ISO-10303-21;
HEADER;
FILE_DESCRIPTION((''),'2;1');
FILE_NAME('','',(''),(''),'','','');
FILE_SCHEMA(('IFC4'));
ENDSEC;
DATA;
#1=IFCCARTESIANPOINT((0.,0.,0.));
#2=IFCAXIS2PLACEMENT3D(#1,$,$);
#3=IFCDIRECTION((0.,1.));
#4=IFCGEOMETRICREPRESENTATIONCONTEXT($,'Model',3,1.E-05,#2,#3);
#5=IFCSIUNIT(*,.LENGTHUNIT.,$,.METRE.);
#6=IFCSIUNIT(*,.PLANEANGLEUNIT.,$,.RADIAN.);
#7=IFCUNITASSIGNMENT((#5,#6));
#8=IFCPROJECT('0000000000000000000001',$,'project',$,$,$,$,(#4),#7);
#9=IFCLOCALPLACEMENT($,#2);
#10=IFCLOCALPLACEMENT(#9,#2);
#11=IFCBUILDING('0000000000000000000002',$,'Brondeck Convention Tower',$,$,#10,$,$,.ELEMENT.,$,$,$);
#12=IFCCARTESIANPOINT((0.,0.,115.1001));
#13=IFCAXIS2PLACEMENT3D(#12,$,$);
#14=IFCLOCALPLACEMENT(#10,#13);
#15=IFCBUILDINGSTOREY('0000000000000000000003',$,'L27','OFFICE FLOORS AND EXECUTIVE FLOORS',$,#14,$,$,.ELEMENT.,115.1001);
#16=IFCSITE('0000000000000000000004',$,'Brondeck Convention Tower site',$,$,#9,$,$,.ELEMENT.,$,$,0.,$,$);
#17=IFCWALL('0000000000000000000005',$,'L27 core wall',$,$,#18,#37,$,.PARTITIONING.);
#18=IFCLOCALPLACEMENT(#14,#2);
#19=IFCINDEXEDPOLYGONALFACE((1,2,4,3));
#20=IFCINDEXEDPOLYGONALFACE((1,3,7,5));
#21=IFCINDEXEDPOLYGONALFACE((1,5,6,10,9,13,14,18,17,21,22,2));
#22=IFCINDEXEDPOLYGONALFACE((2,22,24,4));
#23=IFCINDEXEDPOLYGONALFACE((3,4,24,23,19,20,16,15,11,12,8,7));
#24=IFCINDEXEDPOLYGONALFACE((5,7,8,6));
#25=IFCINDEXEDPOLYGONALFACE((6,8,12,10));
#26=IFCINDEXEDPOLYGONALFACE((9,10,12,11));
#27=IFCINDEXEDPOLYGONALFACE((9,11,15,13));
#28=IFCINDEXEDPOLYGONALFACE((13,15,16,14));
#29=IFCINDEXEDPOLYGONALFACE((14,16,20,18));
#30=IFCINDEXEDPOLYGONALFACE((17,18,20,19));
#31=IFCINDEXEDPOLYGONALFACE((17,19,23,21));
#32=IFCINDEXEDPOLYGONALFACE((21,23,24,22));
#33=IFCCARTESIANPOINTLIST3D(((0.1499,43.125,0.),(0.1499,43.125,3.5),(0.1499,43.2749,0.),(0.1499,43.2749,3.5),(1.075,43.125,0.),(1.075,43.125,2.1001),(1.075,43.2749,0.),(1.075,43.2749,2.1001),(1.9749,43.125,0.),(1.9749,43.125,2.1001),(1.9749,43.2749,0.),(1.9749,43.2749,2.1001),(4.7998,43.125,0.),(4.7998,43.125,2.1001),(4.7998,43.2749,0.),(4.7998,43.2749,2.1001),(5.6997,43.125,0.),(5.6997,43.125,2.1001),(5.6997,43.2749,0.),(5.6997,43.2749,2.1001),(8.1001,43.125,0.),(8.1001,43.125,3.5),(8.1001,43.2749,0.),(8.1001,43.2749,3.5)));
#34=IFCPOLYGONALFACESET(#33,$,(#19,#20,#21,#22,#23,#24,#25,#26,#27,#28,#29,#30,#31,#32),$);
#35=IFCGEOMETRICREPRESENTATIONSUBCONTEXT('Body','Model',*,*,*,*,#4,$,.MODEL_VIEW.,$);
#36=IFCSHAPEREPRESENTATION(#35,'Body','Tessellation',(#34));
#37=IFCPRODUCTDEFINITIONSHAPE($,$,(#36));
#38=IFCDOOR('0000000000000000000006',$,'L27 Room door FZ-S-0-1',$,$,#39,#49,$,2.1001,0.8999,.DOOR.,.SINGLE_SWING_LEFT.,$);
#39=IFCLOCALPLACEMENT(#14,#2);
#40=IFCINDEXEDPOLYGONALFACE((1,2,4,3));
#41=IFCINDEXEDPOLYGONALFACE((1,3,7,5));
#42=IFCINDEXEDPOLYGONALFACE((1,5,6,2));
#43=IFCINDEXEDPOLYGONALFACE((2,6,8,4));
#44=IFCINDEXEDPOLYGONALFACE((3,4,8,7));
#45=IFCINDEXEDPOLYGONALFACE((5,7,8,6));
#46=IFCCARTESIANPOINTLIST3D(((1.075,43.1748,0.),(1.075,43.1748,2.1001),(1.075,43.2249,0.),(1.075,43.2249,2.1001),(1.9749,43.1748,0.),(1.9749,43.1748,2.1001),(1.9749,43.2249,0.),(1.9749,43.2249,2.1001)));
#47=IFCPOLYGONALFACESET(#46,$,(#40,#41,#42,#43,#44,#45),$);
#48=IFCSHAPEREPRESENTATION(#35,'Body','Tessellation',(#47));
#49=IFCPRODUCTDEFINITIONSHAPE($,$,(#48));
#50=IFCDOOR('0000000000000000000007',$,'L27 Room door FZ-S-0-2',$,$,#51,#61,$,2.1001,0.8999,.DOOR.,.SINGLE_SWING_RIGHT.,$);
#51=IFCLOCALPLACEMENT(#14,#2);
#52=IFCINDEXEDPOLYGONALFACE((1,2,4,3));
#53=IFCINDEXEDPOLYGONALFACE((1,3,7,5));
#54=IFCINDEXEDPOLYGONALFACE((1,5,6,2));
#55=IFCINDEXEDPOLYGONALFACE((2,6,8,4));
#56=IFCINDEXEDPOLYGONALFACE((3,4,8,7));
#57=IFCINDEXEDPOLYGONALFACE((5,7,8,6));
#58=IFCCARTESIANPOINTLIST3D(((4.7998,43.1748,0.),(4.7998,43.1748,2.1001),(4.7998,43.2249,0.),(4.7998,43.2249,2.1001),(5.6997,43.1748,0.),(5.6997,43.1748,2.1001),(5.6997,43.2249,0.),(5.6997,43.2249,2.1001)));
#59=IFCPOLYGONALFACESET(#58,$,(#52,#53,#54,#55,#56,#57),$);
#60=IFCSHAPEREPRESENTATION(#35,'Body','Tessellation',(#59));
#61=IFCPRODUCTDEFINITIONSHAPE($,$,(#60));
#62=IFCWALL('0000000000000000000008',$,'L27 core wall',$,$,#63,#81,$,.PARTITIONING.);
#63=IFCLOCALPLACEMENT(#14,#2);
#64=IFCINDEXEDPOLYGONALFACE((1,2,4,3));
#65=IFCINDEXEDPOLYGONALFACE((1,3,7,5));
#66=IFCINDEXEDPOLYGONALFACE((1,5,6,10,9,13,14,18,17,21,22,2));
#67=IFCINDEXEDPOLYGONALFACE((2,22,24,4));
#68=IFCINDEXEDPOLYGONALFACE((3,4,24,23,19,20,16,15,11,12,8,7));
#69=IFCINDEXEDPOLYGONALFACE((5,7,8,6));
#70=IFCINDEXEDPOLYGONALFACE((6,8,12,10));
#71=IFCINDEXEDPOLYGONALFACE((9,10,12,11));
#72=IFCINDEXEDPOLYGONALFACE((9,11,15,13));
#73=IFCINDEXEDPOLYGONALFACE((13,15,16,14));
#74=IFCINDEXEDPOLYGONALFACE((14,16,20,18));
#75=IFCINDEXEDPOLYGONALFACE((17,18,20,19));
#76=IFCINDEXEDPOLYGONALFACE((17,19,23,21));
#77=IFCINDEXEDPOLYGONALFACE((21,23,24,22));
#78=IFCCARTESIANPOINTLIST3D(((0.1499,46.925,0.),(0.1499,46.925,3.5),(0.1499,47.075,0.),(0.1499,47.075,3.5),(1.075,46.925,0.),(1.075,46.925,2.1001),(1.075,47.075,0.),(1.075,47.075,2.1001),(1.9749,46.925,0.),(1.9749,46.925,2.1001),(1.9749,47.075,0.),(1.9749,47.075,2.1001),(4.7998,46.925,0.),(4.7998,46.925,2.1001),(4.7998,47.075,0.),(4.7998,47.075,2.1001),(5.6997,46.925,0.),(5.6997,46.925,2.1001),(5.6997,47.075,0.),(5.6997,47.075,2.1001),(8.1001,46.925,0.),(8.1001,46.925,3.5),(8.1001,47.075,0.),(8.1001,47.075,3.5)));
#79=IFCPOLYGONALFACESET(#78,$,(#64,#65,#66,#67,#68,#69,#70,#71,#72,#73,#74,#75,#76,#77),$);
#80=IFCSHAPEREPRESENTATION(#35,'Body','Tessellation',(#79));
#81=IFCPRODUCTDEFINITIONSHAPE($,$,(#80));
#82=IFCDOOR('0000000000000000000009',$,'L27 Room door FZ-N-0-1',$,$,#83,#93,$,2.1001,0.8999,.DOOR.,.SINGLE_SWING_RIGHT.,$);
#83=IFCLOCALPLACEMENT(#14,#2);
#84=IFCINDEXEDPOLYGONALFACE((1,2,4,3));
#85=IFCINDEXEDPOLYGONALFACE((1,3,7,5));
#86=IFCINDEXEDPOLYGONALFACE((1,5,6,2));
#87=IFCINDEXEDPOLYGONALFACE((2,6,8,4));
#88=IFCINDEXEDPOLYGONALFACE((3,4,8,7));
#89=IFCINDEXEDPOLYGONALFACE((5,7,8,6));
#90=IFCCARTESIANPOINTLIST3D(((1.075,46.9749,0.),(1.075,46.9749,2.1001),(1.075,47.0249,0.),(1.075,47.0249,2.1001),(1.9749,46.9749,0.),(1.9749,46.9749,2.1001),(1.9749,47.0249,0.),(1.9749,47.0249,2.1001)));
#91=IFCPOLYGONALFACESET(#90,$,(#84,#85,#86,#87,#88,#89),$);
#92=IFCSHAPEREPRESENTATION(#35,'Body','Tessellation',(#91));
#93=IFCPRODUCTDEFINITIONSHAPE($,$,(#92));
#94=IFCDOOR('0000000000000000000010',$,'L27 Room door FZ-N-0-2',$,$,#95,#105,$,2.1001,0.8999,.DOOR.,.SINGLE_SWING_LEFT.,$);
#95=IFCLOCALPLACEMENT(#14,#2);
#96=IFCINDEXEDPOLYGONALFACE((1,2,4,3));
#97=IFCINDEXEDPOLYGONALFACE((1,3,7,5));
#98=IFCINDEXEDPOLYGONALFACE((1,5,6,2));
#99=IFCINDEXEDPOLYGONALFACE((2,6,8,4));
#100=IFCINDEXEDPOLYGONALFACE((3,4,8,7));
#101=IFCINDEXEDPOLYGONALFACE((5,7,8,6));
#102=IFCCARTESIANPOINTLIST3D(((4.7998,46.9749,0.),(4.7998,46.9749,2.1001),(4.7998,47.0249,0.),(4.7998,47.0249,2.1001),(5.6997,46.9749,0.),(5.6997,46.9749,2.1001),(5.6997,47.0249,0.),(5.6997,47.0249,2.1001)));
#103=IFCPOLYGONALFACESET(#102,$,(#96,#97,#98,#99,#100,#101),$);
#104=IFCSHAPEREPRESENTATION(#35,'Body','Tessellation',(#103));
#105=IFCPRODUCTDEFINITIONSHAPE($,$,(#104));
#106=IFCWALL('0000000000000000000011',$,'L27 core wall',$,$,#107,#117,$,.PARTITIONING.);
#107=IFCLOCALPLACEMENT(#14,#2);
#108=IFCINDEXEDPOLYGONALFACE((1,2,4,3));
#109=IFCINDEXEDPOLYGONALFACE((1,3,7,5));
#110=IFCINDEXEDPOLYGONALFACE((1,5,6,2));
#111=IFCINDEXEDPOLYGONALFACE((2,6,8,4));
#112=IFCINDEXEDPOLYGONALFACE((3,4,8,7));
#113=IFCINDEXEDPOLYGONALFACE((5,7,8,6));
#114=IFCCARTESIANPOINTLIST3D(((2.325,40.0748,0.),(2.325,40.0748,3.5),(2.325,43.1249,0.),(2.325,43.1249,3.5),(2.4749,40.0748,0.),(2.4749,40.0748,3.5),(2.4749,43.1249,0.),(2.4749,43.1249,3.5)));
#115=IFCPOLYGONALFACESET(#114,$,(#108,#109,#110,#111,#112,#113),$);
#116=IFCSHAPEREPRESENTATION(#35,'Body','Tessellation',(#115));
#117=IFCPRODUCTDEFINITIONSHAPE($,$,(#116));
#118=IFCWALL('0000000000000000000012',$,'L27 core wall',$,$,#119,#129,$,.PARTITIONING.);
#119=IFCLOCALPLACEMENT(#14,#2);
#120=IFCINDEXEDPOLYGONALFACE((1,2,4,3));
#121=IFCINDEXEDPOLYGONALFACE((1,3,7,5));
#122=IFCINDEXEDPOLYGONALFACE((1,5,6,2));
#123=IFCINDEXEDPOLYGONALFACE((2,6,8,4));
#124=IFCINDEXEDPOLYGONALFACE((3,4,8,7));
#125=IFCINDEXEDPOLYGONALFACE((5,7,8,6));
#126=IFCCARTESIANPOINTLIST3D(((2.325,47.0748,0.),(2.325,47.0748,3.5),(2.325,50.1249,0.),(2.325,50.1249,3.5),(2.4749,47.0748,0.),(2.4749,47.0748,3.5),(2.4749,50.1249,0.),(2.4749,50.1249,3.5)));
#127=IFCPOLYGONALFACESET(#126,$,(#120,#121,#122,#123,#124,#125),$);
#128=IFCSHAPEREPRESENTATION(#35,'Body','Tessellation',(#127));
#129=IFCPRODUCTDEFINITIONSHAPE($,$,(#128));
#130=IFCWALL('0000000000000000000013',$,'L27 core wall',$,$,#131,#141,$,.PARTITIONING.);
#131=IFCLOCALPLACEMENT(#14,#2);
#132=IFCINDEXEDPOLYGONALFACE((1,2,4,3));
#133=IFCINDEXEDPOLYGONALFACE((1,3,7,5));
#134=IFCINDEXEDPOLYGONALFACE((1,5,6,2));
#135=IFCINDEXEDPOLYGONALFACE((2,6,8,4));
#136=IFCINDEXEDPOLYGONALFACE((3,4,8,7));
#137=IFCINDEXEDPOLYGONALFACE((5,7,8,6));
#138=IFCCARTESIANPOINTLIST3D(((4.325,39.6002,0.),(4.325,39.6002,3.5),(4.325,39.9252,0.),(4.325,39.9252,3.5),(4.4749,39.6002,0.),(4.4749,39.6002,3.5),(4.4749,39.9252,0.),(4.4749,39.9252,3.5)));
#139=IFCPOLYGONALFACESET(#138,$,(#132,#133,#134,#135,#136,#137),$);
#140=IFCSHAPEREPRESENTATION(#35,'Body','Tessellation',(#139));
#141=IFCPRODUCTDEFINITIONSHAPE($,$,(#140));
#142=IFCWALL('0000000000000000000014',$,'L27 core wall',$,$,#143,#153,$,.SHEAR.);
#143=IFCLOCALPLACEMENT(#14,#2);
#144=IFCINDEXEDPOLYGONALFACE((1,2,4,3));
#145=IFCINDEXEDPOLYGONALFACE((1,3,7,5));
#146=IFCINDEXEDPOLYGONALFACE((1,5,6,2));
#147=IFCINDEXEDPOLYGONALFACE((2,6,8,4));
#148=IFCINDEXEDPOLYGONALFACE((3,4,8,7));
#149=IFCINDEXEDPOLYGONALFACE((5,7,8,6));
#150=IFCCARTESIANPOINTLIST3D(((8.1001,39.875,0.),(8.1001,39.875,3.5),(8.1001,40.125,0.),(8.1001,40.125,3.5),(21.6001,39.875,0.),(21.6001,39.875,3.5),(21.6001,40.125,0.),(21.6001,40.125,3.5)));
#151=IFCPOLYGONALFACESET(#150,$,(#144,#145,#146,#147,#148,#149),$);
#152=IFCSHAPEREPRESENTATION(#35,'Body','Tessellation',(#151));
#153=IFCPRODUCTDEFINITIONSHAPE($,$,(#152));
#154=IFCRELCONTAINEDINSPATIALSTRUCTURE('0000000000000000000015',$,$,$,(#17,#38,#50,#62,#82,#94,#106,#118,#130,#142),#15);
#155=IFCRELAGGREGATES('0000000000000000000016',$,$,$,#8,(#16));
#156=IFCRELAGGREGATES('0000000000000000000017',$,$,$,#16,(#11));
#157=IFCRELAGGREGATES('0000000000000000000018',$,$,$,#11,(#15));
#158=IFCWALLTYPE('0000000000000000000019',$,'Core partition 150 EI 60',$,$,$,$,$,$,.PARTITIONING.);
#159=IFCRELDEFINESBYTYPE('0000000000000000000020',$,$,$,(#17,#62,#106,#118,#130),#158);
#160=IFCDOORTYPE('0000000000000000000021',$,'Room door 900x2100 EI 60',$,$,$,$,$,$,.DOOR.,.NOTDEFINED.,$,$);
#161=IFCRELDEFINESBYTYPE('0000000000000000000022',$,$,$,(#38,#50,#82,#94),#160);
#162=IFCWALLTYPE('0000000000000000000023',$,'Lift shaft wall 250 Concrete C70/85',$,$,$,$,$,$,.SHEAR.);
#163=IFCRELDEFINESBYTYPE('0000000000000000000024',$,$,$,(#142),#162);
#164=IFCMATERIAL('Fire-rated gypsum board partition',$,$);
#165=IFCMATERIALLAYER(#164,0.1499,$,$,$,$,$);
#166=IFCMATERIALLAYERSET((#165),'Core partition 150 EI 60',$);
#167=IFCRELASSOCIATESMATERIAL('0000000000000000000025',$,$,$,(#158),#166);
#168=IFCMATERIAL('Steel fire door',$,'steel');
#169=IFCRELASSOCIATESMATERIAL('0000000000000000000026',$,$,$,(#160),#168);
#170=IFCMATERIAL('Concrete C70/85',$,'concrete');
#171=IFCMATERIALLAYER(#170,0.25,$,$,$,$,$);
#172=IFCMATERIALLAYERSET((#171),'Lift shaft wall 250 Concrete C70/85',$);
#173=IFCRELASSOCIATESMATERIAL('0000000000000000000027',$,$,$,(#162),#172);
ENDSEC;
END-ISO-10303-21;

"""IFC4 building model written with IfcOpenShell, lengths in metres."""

from ifc_helpers import new_model, si_unit, direction, frame, frame_2d, origin, place, context, subcontext, project, spatial, rectangle, extrude, material, layer, layer_set, type_object, element, fill, save


model = new_model("IFC4")

# Units and contexts
model_context = context("Model", 3, precision=1e-05, world=origin(), true_north=direction((0.0, 1.0)))
body_context = subcontext(model_context, "Body", "Model", "MODEL_VIEW")
ifc_project = project(units=[si_unit("LENGTHUNIT", "METRE"), si_unit("PLANEANGLEUNIT", "RADIAN")], contexts=[model_context])

# Site, building, storey
site_placement = place(None, origin())
site = spatial("IfcSite", under=ifc_project, at=site_placement, Name="Brondeck Convention Tower site", CompositionType="ELEMENT", RefElevation=0.0)
building_placement = place(site_placement, origin())
building = spatial("IfcBuilding", under=site, at=building_placement, Name="Brondeck Convention Tower", CompositionType="ELEMENT")
storey_placement = place(building_placement, frame((0.0, 0.0, 115.1001)))
storey = spatial("IfcBuildingStorey", under=building, at=storey_placement, Name="L27", Description="OFFICE FLOORS AND EXECUTIVE FLOORS", CompositionType="ELEMENT", Elevation=115.1001)

# Shared definitions
ifc_material_1 = material(Name="Concrete C70/85", Category="concrete")

# Shared definitions
ifc_material_2 = material(Name="Fire-rated gypsum board partition")
ifc_layer_1 = layer(ifc_material_2, 0.1499)
ifc_layer_set_1 = layer_set([ifc_layer_1], Name="Core partition 150 EI 60")
wall_type_1 = type_object("IfcWallType", Name="Core partition 150 EI 60", PredefinedType="PARTITIONING", material=ifc_layer_set_1)
ifc_material_3 = material(Name="Steel fire door", Category="steel")
door_type_1 = type_object("IfcDoorType", Name="Room door 900x2100 EI 60", OperationType="NOTDEFINED", PredefinedType="DOOR", material=ifc_material_3)

# Walls, openings, doors
wall_1_placement = place(storey_placement, frame((0.1499, 43.2, 0.0), z_axis=(0.0, 0.0, 1.0), x_axis=(1.0, 0.0, 0.0)))
wall_1 = element("IfcWall", 1, at=wall_1_placement, inside=storey, type_object=wall_type_1, Name="L27 core wall", PredefinedType="PARTITIONING", context=body_context, shape_type="SweptSolid", body=[
    extrude(rectangle(XDim=7.9502, YDim=0.1499, at=frame_2d((3.9751, 0.0))), origin(), (0.0, 0.0, 1.0), 3.5),
])
opening_1_placement = place(wall_1_placement, frame((0.925, 0.0, 0.0)))
opening_1 = element("IfcOpeningElement", 2, at=opening_1_placement, cuts=wall_1, PredefinedType="OPENING", context=body_context, shape_type="SweptSolid", body=[
    extrude(rectangle(XDim=0.8999, YDim=2.1001, at=frame_2d((0.45, 1.05))), frame((0.0, 0.085, 0.0), z_axis=(0.0, -1.0, 0.0), x_axis=(1.0, 0.0, 0.0)), (0.0, 0.0, 1.0), 0.1699),
])
opening_2_placement = place(wall_1_placement, frame((4.6499, 0.0, 0.0)))
opening_2 = element("IfcOpeningElement", 3, at=opening_2_placement, cuts=wall_1, PredefinedType="OPENING", context=body_context, shape_type="SweptSolid", body=[
    extrude(rectangle(XDim=0.8999, YDim=2.1001, at=frame_2d((0.45, 1.05))), frame((0.0, 0.085, 0.0), z_axis=(0.0, -1.0, 0.0), x_axis=(1.0, 0.0, 0.0)), (0.0, 0.0, 1.0), 0.1699),
])
door_1_placement = place(opening_1_placement, origin())
door_1 = element("IfcDoor", 4, at=door_1_placement, inside=storey, type_object=door_type_1, Name="L27 Room door FZ-S-0-1", OperationType="SINGLE_SWING_LEFT", OverallHeight=2.1001, OverallWidth=0.8999, PredefinedType="DOOR", context=body_context, shape_type="SweptSolid", body=[
    extrude(rectangle(XDim=0.8999, YDim=2.1001, at=frame_2d((0.45, 1.05))), frame((0.0, 0.0249, 0.0), z_axis=(0.0, -1.0, 0.0), x_axis=(1.0, 0.0, 0.0)), (0.0, 0.0, 1.0), 0.05),
])
fill(opening_1, door_1)
door_2_placement = place(opening_2_placement, origin())
door_2 = element("IfcDoor", 5, at=door_2_placement, inside=storey, type_object=door_type_1, Name="L27 Room door FZ-S-0-2", OperationType="SINGLE_SWING_RIGHT", OverallHeight=2.1001, OverallWidth=0.8999, PredefinedType="DOOR", context=body_context, shape_type="SweptSolid", body=[
    extrude(rectangle(XDim=0.8999, YDim=2.1001, at=frame_2d((0.45, 1.05))), frame((0.0, 0.0249, 0.0), z_axis=(0.0, -1.0, 0.0), x_axis=(1.0, 0.0, 0.0)), (0.0, 0.0, 1.0), 0.05),
])
fill(opening_2, door_2)
wall_2_placement = place(storey_placement, frame((0.1499, 47.0, 0.0), z_axis=(0.0, 0.0, 1.0), x_axis=(1.0, 0.0, 0.0)))
wall_2 = element("IfcWall", 6, at=wall_2_placement, inside=storey, type_object=wall_type_1, Name="L27 core wall", PredefinedType="PARTITIONING", context=body_context, shape_type="SweptSolid", body=[
    extrude(rectangle(XDim=7.9502, YDim=0.1499, at=frame_2d((3.9751, 0.0))), origin(), (0.0, 0.0, 1.0), 3.5),
])
opening_3_placement = place(wall_2_placement, frame((0.925, 0.0, 0.0)))
opening_3 = element("IfcOpeningElement", 7, at=opening_3_placement, cuts=wall_2, PredefinedType="OPENING", context=body_context, shape_type="SweptSolid", body=[
    extrude(rectangle(XDim=0.8999, YDim=2.1001, at=frame_2d((0.45, 1.05))), frame((0.0, 0.085, 0.0), z_axis=(0.0, -1.0, 0.0), x_axis=(1.0, 0.0, 0.0)), (0.0, 0.0, 1.0), 0.1699),
])
opening_4_placement = place(wall_2_placement, frame((4.6499, 0.0, 0.0)))
opening_4 = element("IfcOpeningElement", 8, at=opening_4_placement, cuts=wall_2, PredefinedType="OPENING", context=body_context, shape_type="SweptSolid", body=[
    extrude(rectangle(XDim=0.8999, YDim=2.1001, at=frame_2d((0.45, 1.05))), frame((0.0, 0.085, 0.0), z_axis=(0.0, -1.0, 0.0), x_axis=(1.0, 0.0, 0.0)), (0.0, 0.0, 1.0), 0.1699),
])
door_3_placement = place(opening_3_placement, origin())
door_3 = element("IfcDoor", 9, at=door_3_placement, inside=storey, type_object=door_type_1, Name="L27 Room door FZ-N-0-1", OperationType="SINGLE_SWING_RIGHT", OverallHeight=2.1001, OverallWidth=0.8999, PredefinedType="DOOR", context=body_context, shape_type="SweptSolid", body=[
    extrude(rectangle(XDim=0.8999, YDim=2.1001, at=frame_2d((0.45, 1.05))), frame((0.0, 0.0249, 0.0), z_axis=(0.0, -1.0, 0.0), x_axis=(1.0, 0.0, 0.0)), (0.0, 0.0, 1.0), 0.05),
])
fill(opening_3, door_3)
door_4_placement = place(opening_4_placement, origin())
door_4 = element("IfcDoor", 10, at=door_4_placement, inside=storey, type_object=door_type_1, Name="L27 Room door FZ-N-0-2", OperationType="SINGLE_SWING_LEFT", OverallHeight=2.1001, OverallWidth=0.8999, PredefinedType="DOOR", context=body_context, shape_type="SweptSolid", body=[
    extrude(rectangle(XDim=0.8999, YDim=2.1001, at=frame_2d((0.45, 1.05))), frame((0.0, 0.0249, 0.0), z_axis=(0.0, -1.0, 0.0), x_axis=(1.0, 0.0, 0.0)), (0.0, 0.0, 1.0), 0.05),
])
fill(opening_4, door_4)

# Walls
for number, where, z_axis, x_axis, name in (
    (11, (2.3999, 40.075, 0.0), (0.0, 0.0, 1.0), (0.0, 1.0, 0.0), "L27 core wall"),
    (12, (2.3999, 47.075, 0.0), (0.0, 0.0, 1.0), (0.0, 1.0, 0.0), "L27 core wall"),
):
    element("IfcWall", number, at=place(storey_placement, frame(where, z_axis=z_axis, x_axis=x_axis)), inside=storey, type_object=wall_type_1, Name=name, PredefinedType="PARTITIONING", context=body_context, shape_type="SweptSolid", body=[
        extrude(rectangle(XDim=3.05, YDim=0.1499, at=frame_2d((1.5249, 0.0))), origin(), (0.0, 0.0, 1.0), 3.5),
    ])
wall_3_placement = place(storey_placement, frame((4.3999, 39.6001, 0.0), z_axis=(0.0, 0.0, 1.0), x_axis=(0.0, 1.0, 0.0)))
element("IfcWall", 13, at=wall_3_placement, inside=storey, type_object=wall_type_1, Name="L27 core wall", PredefinedType="PARTITIONING", context=body_context, shape_type="SweptSolid", body=[
    extrude(rectangle(XDim=0.325, YDim=0.1499, at=frame_2d((0.1626, 0.0))), origin(), (0.0, 0.0, 1.0), 3.5),
])
ifc_layer_2 = layer(ifc_material_1, 0.25)
ifc_layer_set_2 = layer_set([ifc_layer_2], Name="Lift shaft wall 250 Concrete C70/85")
wall_type_2 = type_object("IfcWallType", Name="Lift shaft wall 250 Concrete C70/85", PredefinedType="SHEAR", material=ifc_layer_set_2)
wall_4_placement = place(storey_placement, frame((8.1001, 40.0, 0.0), z_axis=(0.0, 0.0, 1.0), x_axis=(1.0, 0.0, 0.0)))
element("IfcWall", 14, at=wall_4_placement, inside=storey, type_object=wall_type_2, Name="L27 core wall", PredefinedType="SHEAR", context=body_context, shape_type="SweptSolid", body=[
    extrude(rectangle(XDim=13.5, YDim=0.25, at=frame_2d((6.75, 0.0))), origin(), (0.0, 0.0, 1.0), 3.5),
])

save(model, "model.ifc")
